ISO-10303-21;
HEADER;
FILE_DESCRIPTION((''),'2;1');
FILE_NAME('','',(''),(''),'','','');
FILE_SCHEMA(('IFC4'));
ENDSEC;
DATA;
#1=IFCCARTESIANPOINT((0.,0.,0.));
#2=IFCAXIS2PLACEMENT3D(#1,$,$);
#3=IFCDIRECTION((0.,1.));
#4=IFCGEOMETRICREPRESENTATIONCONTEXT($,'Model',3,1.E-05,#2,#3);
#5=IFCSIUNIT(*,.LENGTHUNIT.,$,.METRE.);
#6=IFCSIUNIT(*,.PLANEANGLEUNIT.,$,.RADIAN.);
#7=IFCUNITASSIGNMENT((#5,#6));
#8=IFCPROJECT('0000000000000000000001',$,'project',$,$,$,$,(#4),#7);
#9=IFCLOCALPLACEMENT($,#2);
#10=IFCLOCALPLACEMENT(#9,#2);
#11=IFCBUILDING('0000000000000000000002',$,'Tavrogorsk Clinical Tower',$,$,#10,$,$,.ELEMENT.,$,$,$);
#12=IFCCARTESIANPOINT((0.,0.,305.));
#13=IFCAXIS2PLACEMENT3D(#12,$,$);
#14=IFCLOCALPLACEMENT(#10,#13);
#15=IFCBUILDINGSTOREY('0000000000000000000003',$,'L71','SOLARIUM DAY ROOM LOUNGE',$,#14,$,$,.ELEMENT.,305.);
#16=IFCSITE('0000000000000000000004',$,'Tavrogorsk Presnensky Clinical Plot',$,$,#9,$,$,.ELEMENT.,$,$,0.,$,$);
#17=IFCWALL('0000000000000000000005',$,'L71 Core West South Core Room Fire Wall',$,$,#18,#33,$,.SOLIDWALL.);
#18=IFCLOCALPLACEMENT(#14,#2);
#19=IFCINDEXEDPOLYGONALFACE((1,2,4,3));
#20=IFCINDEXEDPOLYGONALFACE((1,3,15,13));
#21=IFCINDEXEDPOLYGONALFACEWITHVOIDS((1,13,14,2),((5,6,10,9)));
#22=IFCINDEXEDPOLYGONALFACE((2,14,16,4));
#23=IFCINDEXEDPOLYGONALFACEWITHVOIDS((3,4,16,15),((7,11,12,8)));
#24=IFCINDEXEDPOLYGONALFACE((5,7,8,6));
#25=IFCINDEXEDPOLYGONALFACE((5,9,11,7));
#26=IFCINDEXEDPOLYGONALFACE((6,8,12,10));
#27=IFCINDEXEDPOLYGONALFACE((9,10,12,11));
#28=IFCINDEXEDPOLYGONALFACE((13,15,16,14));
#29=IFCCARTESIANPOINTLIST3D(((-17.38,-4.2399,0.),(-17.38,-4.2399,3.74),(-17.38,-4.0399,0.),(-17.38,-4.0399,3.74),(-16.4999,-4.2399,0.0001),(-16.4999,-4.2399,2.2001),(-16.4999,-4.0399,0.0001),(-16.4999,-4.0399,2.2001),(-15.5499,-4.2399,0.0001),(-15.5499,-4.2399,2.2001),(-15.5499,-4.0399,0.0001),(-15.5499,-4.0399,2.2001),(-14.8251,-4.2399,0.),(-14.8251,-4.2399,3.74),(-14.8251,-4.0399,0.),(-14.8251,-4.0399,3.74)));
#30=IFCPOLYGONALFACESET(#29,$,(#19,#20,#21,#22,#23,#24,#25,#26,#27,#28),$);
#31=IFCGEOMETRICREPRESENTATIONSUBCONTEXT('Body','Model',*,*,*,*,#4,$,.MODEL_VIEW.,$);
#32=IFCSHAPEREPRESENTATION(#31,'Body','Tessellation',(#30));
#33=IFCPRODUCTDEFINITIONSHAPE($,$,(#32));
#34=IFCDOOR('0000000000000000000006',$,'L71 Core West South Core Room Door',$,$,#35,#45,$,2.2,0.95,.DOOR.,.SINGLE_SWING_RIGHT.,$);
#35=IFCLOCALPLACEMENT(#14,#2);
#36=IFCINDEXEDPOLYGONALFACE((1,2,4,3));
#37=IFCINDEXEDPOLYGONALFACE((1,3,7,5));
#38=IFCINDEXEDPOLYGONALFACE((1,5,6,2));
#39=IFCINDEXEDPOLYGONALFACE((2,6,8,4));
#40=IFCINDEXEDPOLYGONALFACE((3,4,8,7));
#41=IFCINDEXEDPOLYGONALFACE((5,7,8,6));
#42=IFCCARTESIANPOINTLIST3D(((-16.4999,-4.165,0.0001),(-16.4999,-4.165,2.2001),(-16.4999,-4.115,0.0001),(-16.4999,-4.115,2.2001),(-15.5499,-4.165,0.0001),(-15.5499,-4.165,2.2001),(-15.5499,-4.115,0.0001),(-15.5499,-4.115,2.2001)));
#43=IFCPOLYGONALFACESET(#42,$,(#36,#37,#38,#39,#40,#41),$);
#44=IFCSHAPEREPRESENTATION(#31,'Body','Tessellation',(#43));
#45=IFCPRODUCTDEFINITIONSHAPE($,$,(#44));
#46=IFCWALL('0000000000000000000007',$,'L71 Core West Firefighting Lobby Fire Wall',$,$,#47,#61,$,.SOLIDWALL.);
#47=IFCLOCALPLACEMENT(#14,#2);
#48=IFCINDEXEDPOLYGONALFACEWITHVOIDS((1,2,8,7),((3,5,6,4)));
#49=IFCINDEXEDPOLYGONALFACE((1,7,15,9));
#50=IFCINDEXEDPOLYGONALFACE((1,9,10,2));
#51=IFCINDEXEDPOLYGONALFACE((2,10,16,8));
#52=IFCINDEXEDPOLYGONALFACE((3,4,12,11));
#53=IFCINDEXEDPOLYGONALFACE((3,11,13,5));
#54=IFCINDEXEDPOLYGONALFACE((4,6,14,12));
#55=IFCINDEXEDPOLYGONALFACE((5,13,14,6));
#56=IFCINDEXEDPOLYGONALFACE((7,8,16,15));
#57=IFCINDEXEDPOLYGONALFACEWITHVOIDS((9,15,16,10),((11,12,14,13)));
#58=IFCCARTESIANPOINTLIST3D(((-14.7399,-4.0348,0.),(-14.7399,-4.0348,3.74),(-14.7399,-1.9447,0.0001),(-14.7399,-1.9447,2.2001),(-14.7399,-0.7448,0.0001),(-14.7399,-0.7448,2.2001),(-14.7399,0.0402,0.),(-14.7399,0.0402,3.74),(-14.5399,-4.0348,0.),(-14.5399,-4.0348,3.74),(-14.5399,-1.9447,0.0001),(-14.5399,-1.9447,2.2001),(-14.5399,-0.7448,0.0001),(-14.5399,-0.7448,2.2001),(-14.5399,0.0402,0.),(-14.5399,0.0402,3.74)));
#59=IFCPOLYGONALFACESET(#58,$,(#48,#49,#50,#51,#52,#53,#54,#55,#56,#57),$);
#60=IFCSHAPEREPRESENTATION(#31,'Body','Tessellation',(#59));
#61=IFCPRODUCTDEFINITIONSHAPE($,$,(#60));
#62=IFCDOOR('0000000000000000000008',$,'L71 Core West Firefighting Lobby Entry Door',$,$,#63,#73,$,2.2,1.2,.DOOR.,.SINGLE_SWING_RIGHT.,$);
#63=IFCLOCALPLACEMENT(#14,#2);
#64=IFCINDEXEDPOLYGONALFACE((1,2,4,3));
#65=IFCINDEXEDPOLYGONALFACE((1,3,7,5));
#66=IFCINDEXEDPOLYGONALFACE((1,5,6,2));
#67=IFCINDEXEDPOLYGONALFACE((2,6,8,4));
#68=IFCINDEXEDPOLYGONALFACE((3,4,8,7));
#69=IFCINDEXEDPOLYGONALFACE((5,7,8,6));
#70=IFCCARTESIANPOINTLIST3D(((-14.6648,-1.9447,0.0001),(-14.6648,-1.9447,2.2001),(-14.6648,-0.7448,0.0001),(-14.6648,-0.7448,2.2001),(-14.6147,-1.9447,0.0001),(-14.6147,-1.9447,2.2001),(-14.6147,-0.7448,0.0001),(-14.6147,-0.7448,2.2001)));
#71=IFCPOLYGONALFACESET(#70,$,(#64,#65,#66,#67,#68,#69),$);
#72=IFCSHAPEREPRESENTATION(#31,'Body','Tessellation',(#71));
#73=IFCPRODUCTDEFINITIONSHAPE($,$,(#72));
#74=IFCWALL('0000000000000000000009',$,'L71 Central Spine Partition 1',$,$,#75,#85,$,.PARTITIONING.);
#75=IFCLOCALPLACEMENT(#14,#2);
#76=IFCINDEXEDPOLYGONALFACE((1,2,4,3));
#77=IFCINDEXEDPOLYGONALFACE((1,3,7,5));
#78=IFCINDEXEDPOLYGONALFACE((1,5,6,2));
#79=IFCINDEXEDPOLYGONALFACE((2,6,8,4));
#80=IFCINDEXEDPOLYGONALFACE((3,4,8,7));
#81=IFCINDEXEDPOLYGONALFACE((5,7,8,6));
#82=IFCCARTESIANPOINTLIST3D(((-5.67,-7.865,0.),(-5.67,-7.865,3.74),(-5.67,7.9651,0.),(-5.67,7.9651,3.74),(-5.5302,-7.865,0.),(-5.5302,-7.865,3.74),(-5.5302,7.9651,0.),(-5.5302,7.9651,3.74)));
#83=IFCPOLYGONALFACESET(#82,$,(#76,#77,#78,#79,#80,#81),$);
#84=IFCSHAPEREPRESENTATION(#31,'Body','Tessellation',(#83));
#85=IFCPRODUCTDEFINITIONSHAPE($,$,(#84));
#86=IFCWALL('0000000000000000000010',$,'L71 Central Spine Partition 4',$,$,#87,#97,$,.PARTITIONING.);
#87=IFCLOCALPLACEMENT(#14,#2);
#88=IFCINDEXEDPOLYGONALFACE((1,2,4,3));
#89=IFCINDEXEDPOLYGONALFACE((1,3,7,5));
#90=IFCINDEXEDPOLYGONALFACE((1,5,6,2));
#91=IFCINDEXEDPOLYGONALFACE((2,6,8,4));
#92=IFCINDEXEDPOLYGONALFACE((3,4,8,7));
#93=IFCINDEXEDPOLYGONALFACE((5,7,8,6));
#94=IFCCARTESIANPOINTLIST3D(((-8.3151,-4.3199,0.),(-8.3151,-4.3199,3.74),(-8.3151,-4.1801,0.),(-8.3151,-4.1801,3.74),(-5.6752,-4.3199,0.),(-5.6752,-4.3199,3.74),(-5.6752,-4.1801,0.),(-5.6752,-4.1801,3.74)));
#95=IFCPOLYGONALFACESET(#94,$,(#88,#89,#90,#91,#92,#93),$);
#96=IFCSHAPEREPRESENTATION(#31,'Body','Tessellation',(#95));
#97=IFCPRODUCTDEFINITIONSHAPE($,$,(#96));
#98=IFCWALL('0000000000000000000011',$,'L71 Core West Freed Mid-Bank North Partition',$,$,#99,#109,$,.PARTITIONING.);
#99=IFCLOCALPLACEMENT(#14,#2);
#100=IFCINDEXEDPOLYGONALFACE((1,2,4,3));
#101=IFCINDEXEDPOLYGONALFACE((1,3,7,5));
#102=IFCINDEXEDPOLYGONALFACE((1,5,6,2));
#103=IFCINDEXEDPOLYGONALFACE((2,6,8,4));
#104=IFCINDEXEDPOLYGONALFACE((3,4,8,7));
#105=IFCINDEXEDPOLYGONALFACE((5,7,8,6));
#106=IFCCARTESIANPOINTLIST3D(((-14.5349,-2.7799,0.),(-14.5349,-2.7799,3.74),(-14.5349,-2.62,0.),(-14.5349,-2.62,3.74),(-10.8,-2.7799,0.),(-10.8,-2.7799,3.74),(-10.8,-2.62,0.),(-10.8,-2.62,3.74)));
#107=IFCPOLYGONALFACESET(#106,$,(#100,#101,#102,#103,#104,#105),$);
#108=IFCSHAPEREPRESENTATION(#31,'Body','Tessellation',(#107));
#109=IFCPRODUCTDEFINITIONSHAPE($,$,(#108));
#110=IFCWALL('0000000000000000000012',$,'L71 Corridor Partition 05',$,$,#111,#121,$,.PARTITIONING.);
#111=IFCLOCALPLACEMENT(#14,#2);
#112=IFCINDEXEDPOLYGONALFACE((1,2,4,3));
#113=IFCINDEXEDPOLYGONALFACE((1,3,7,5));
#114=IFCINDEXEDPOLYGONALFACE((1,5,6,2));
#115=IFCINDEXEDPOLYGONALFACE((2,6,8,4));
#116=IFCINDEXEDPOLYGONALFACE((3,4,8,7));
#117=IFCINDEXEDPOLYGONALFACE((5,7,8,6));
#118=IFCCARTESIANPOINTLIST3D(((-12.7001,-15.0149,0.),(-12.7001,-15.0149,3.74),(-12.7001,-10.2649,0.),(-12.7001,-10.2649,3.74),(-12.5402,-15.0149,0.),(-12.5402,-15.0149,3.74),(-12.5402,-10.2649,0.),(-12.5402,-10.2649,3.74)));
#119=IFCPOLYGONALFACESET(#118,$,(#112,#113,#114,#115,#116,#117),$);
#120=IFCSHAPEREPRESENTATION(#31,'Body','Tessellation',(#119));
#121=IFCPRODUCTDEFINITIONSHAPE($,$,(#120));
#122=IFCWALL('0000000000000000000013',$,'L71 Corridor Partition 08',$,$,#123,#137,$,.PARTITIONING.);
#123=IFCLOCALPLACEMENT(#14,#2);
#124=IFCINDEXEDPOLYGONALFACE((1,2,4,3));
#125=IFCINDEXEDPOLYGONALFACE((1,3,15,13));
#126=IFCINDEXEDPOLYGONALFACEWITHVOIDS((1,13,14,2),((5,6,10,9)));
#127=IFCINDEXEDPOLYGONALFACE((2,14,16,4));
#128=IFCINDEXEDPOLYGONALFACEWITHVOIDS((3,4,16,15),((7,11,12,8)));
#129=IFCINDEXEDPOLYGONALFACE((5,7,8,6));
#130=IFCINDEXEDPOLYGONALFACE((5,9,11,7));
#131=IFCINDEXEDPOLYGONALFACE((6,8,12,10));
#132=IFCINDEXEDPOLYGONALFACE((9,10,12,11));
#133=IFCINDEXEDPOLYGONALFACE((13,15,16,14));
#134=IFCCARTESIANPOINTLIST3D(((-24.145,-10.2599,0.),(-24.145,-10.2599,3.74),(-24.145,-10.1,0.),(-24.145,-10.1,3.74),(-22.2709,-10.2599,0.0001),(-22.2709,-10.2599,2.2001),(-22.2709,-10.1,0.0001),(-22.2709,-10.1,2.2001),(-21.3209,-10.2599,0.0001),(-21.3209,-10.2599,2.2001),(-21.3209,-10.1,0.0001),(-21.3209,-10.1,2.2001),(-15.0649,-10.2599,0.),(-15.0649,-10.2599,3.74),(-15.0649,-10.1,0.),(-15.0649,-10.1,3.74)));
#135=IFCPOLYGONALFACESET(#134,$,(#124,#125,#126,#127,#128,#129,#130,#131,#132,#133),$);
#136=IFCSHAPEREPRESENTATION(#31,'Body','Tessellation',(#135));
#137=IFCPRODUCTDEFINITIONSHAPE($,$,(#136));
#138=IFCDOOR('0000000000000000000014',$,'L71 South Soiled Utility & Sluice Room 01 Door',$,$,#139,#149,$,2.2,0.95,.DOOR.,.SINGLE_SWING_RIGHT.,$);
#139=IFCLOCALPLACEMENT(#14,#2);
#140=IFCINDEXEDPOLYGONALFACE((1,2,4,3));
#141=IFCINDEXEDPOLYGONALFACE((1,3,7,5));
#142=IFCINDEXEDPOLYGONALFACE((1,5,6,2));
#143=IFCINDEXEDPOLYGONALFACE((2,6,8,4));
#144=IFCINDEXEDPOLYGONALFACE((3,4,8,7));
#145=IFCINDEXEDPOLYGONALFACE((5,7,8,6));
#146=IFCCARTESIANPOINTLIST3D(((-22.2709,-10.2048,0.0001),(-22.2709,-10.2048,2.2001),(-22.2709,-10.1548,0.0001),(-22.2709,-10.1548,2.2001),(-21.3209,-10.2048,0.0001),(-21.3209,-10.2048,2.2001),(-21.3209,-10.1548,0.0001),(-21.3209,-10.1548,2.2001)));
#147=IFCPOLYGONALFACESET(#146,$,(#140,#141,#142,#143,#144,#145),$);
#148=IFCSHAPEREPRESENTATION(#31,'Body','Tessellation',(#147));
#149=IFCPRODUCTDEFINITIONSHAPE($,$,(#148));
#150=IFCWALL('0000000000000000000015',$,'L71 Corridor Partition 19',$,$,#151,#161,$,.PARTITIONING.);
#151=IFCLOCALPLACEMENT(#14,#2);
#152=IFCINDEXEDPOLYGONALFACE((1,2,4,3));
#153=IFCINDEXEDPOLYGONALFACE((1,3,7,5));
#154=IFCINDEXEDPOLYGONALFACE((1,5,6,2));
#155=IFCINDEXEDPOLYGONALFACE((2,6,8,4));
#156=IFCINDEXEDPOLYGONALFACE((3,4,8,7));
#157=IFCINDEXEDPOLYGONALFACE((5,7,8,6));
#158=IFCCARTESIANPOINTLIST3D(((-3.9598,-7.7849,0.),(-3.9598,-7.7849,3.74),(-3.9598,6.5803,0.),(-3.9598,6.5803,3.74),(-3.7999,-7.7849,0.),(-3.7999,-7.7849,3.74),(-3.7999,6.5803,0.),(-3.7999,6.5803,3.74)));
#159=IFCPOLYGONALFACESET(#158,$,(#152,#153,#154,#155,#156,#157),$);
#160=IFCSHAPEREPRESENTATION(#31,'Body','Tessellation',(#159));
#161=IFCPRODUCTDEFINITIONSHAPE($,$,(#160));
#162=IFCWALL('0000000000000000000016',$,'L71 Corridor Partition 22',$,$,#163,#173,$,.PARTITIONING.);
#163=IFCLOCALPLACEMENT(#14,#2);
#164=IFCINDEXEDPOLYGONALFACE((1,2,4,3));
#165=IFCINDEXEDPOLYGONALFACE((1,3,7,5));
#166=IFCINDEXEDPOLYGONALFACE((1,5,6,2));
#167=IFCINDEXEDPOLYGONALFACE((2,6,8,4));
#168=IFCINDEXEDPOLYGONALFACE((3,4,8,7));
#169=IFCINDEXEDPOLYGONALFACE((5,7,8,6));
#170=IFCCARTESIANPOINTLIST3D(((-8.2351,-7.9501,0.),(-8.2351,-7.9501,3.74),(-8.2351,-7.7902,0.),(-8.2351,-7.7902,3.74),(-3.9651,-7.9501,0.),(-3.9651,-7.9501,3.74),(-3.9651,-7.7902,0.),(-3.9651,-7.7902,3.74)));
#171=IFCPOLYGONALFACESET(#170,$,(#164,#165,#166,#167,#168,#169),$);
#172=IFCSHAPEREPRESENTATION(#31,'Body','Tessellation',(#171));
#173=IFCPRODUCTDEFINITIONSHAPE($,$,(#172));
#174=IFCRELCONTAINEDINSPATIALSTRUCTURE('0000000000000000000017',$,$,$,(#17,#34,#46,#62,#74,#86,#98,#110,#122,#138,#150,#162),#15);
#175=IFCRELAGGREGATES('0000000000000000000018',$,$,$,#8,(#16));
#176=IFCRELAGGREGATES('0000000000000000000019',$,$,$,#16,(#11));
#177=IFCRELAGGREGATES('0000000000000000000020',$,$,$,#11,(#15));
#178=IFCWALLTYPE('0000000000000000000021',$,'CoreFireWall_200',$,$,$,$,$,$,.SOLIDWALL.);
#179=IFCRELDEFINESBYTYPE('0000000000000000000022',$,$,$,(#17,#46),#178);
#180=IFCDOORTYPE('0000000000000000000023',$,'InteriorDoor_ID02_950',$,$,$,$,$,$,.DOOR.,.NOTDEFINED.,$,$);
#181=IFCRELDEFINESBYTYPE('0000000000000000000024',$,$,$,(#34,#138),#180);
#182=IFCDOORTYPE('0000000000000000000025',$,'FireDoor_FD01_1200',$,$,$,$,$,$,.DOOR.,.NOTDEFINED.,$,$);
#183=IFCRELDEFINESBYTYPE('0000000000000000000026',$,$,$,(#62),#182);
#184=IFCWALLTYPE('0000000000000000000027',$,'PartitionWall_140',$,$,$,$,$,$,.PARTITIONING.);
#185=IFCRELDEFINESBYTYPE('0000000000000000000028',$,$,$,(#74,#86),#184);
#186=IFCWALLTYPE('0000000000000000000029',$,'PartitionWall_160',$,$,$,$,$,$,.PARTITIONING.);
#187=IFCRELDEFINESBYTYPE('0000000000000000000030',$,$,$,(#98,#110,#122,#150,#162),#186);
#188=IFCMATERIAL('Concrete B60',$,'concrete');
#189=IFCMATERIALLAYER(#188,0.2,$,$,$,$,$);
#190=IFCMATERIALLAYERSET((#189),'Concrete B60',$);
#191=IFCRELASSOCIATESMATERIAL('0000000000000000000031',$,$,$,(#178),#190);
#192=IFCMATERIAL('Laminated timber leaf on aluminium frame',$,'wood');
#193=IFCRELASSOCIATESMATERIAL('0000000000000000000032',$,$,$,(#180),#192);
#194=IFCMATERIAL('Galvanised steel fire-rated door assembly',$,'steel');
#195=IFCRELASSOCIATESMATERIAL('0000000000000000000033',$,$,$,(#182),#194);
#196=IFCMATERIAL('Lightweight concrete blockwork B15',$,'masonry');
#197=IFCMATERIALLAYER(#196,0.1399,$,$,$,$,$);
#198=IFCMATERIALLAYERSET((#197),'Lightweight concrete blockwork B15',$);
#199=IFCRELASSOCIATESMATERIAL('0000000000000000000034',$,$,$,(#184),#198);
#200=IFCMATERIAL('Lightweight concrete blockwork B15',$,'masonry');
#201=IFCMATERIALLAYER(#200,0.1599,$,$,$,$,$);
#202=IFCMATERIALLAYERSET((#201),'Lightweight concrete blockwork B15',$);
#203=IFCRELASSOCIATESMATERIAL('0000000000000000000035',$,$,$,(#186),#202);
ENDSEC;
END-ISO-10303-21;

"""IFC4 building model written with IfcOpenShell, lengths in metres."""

from ifc_helpers import new_model, si_unit, direction, frame, frame_2d, origin, place, context, subcontext, project, spatial, rectangle, extrude, material, layer, layer_set, type_object, element, fill, save


model = new_model("IFC4")

# Units and contexts
model_context = context("Model", 3, precision=1e-05, world=origin(), true_north=direction((0.0, 1.0)))
body_context = subcontext(model_context, "Body", "Model", "MODEL_VIEW")
ifc_project = project(units=[si_unit("LENGTHUNIT", "METRE"), si_unit("PLANEANGLEUNIT", "RADIAN")], contexts=[model_context])

# Site, building, storey
site_placement = place(None, origin())
site = spatial("IfcSite", under=ifc_project, at=site_placement, Name="Tavrogorsk Presnensky Clinical Plot", CompositionType="ELEMENT", RefElevation=0.0)
building_placement = place(site_placement, origin())
building = spatial("IfcBuilding", under=site, at=building_placement, Name="Tavrogorsk Clinical Tower", CompositionType="ELEMENT")
storey_placement = place(building_placement, frame((0.0, 0.0, 305.0)))
storey = spatial("IfcBuildingStorey", under=building, at=storey_placement, Name="L71", Description="SOLARIUM DAY ROOM LOUNGE", CompositionType="ELEMENT", Elevation=305.0)

# Walls, openings, doors
ifc_material_1 = material(Name="Concrete B60", Category="concrete")
ifc_layer_1 = layer(ifc_material_1, 0.2)
ifc_layer_set_1 = layer_set([ifc_layer_1], Name="Concrete B60")
wall_type_1 = type_object("IfcWallType", Name="CoreFireWall_200", PredefinedType="SOLIDWALL", material=ifc_layer_set_1)
wall_1_placement = place(storey_placement, frame((-17.3799, -4.1399, 0.0), z_axis=(0.0, 0.0, 1.0), x_axis=(1.0, 0.0, 0.0)))
wall_1 = element("IfcWall", 1, at=wall_1_placement, inside=storey, type_object=wall_type_1, Name="L71 Core West South Core Room Fire Wall", PredefinedType="SOLIDWALL", context=body_context, shape_type="SweptSolid", body=[
    extrude(rectangle(XDim=2.5549, YDim=0.2, at=frame_2d((1.2773, 0.0))), origin(), (0.0, 0.0, 1.0), 3.74),
])
opening_1_placement = place(wall_1_placement, frame((0.8799, 0.0, 0.0)))
opening_1 = element("IfcOpeningElement", 2, at=opening_1_placement, cuts=wall_1, PredefinedType="OPENING", context=body_context, shape_type="SweptSolid", body=[
    extrude(rectangle(XDim=0.95, YDim=2.2, at=frame_2d((0.4751, 1.1001))), frame((0.0, 0.1099, 0.0), z_axis=(0.0, -1.0, 0.0), x_axis=(1.0, 0.0, 0.0)), (0.0, 0.0, 1.0), 0.22),
])
ifc_material_2 = material(Name="Laminated timber leaf on aluminium frame", Category="wood")
door_type_1 = type_object("IfcDoorType", Name="InteriorDoor_ID02_950", OperationType="NOTDEFINED", PredefinedType="DOOR", material=ifc_material_2)
door_1_placement = place(opening_1_placement, origin())
door_1 = element("IfcDoor", 3, at=door_1_placement, inside=storey, type_object=door_type_1, Name="L71 Core West South Core Room Door", OperationType="SINGLE_SWING_RIGHT", OverallHeight=2.2, OverallWidth=0.95, PredefinedType="DOOR", context=body_context, shape_type="SweptSolid", body=[
    extrude(rectangle(XDim=0.95, YDim=2.2, at=frame_2d((0.4751, 1.1001))), frame((0.0, 0.0249, 0.0), z_axis=(0.0, -1.0, 0.0), x_axis=(1.0, 0.0, 0.0)), (0.0, 0.0, 1.0), 0.05),
])
fill(opening_1, door_1)
wall_2_placement = place(storey_placement, frame((-14.6399, -4.0349, 0.0), z_axis=(0.0, 0.0, 1.0), x_axis=(0.0, 1.0, 0.0)))
wall_2 = element("IfcWall", 4, at=wall_2_placement, inside=storey, type_object=wall_type_1, Name="L71 Core West Firefighting Lobby Fire Wall", PredefinedType="SOLIDWALL", context=body_context, shape_type="SweptSolid", body=[
    extrude(rectangle(XDim=4.075, YDim=0.2, at=frame_2d((2.0376, 0.0))), origin(), (0.0, 0.0, 1.0), 3.74),
])
opening_2_placement = place(wall_2_placement, frame((2.0901, 0.0, 0.0)))
opening_2 = element("IfcOpeningElement", 5, at=opening_2_placement, cuts=wall_2, PredefinedType="OPENING", context=body_context, shape_type="SweptSolid", body=[
    extrude(rectangle(XDim=1.2, YDim=2.2, at=frame_2d((0.6001, 1.1001))), frame((0.0, 0.1099, 0.0), z_axis=(0.0, -1.0, 0.0), x_axis=(1.0, 0.0, 0.0)), (0.0, 0.0, 1.0), 0.22),
])
ifc_material_3 = material(Name="Galvanised steel fire-rated door assembly", Category="steel")
door_type_2 = type_object("IfcDoorType", Name="FireDoor_FD01_1200", OperationType="NOTDEFINED", PredefinedType="DOOR", material=ifc_material_3)
door_2_placement = place(opening_2_placement, origin())
door_2 = element("IfcDoor", 6, at=door_2_placement, inside=storey, type_object=door_type_2, Name="L71 Core West Firefighting Lobby Entry Door", OperationType="SINGLE_SWING_RIGHT", OverallHeight=2.2, OverallWidth=1.2, PredefinedType="DOOR", context=body_context, shape_type="SweptSolid", body=[
    extrude(rectangle(XDim=1.2, YDim=2.2, at=frame_2d((0.6001, 1.1001))), frame((0.0, 0.0249, 0.0), z_axis=(0.0, -1.0, 0.0), x_axis=(1.0, 0.0, 0.0)), (0.0, 0.0, 1.0), 0.05),
])
fill(opening_2, door_2)

# Walls
ifc_material_4 = material(Name="Lightweight concrete blockwork B15", Category="masonry")
ifc_layer_2 = layer(ifc_material_4, 0.1399)
ifc_layer_set_2 = layer_set([ifc_layer_2], Name="Lightweight concrete blockwork B15")
wall_type_2 = type_object("IfcWallType", Name="PartitionWall_140", PredefinedType="PARTITIONING", material=ifc_layer_set_2)
wall_3_placement = place(storey_placement, frame((-5.6001, -7.865, 0.0), z_axis=(0.0, 0.0, 1.0), x_axis=(0.0, 1.0, 0.0)))
element("IfcWall", 7, at=wall_3_placement, inside=storey, type_object=wall_type_2, Name="L71 Central Spine Partition 1", PredefinedType="PARTITIONING", context=body_context, shape_type="SweptSolid", body=[
    extrude(rectangle(XDim=15.8301, YDim=0.1399, at=frame_2d((7.915, 0.0))), origin(), (0.0, 0.0, 1.0), 3.74),
])
wall_4_placement = place(storey_placement, frame((-8.3149, -4.25, 0.0), z_axis=(0.0, 0.0, 1.0), x_axis=(1.0, 0.0, 0.0)))
element("IfcWall", 8, at=wall_4_placement, inside=storey, type_object=wall_type_2, Name="L71 Central Spine Partition 4", PredefinedType="PARTITIONING", context=body_context, shape_type="SweptSolid", body=[
    extrude(rectangle(XDim=2.6399, YDim=0.1399, at=frame_2d((1.3198, 0.0))), origin(), (0.0, 0.0, 1.0), 3.74),
])
ifc_material_5 = material(Name="Lightweight concrete blockwork B15", Category="masonry")
ifc_layer_3 = layer(ifc_material_5, 0.1599)
ifc_layer_set_3 = layer_set([ifc_layer_3], Name="Lightweight concrete blockwork B15")
wall_type_3 = type_object("IfcWallType", Name="PartitionWall_160", PredefinedType="PARTITIONING", material=ifc_layer_set_3)
wall_5_placement = place(storey_placement, frame((-14.5349, -2.7, 0.0), z_axis=(0.0, 0.0, 1.0), x_axis=(1.0, 0.0, 0.0)))
element("IfcWall", 9, at=wall_5_placement, inside=storey, type_object=wall_type_3, Name="L71 Core West Freed Mid-Bank North Partition", PredefinedType="PARTITIONING", context=body_context, shape_type="SweptSolid", body=[
    extrude(rectangle(XDim=3.7349, YDim=0.1599, at=frame_2d((1.8674, 0.0))), origin(), (0.0, 0.0, 1.0), 3.74),
])
wall_6_placement = place(storey_placement, frame((-12.6201, -10.2649, 0.0), z_axis=(0.0, 0.0, 1.0), x_axis=(0.0, -1.0, 0.0)))
element("IfcWall", 10, at=wall_6_placement, inside=storey, type_object=wall_type_3, Name="L71 Corridor Partition 05", PredefinedType="PARTITIONING", context=body_context, shape_type="SweptSolid", body=[
    extrude(rectangle(XDim=4.75, YDim=0.1599, at=frame_2d((2.375, 0.0))), origin(), (0.0, 0.0, 1.0), 3.74),
])

# Wall, opening, door
wall_7_placement = place(storey_placement, frame((-15.0649, -10.1799, 0.0), z_axis=(0.0, 0.0, 1.0), x_axis=(-1.0, 0.0, 0.0)))
wall_7 = element("IfcWall", 11, at=wall_7_placement, inside=storey, type_object=wall_type_3, Name="L71 Corridor Partition 08", PredefinedType="PARTITIONING", context=body_context, shape_type="SweptSolid", body=[
    extrude(rectangle(XDim=9.0801, YDim=0.1599, at=frame_2d((4.54, 0.0))), origin(), (0.0, 0.0, 1.0), 3.74),
])
opening_3_placement = place(wall_7_placement, frame((6.2559, 0.0, 0.0)))
opening_3 = element("IfcOpeningElement", 12, at=opening_3_placement, cuts=wall_7, PredefinedType="OPENING", context=body_context, shape_type="SweptSolid", body=[
    extrude(rectangle(XDim=0.95, YDim=2.2, at=frame_2d((0.4751, 1.1001))), frame((0.0, 0.0898, 0.0), z_axis=(0.0, -1.0, 0.0), x_axis=(1.0, 0.0, 0.0)), (0.0, 0.0, 1.0), 0.1799),
])
door_3_placement = place(opening_3_placement, origin())
door_3 = element("IfcDoor", 13, at=door_3_placement, inside=storey, type_object=door_type_1, Name="L71 South Soiled Utility & Sluice Room 01 Door", OperationType="SINGLE_SWING_RIGHT", OverallHeight=2.2, OverallWidth=0.95, PredefinedType="DOOR", context=body_context, shape_type="SweptSolid", body=[
    extrude(rectangle(XDim=0.95, YDim=2.2, at=frame_2d((0.4751, 1.1001))), frame((0.0, 0.0249, 0.0), z_axis=(0.0, -1.0, 0.0), x_axis=(1.0, 0.0, 0.0)), (0.0, 0.0, 1.0), 0.05),
])
fill(opening_3, door_3)

# Walls
wall_8_placement = place(storey_placement, frame((-3.8799, -7.7849, 0.0), z_axis=(0.0, 0.0, 1.0), x_axis=(0.0, 1.0, 0.0)))
element("IfcWall", 14, at=wall_8_placement, inside=storey, type_object=wall_type_3, Name="L71 Corridor Partition 19", PredefinedType="PARTITIONING", context=body_context, shape_type="SweptSolid", body=[
    extrude(rectangle(XDim=14.3652, YDim=0.1599, at=frame_2d((7.1826, 0.0))), origin(), (0.0, 0.0, 1.0), 3.74),
])
wall_9_placement = place(storey_placement, frame((-8.2351, -7.8701, 0.0), z_axis=(0.0, 0.0, 1.0), x_axis=(1.0, 0.0, 0.0)))
element("IfcWall", 15, at=wall_9_placement, inside=storey, type_object=wall_type_3, Name="L71 Corridor Partition 22", PredefinedType="PARTITIONING", context=body_context, shape_type="SweptSolid", body=[
    extrude(rectangle(XDim=4.27, YDim=0.1599, at=frame_2d((2.135, 0.0))), origin(), (0.0, 0.0, 1.0), 3.74),
])

save(model, "model.ifc")
